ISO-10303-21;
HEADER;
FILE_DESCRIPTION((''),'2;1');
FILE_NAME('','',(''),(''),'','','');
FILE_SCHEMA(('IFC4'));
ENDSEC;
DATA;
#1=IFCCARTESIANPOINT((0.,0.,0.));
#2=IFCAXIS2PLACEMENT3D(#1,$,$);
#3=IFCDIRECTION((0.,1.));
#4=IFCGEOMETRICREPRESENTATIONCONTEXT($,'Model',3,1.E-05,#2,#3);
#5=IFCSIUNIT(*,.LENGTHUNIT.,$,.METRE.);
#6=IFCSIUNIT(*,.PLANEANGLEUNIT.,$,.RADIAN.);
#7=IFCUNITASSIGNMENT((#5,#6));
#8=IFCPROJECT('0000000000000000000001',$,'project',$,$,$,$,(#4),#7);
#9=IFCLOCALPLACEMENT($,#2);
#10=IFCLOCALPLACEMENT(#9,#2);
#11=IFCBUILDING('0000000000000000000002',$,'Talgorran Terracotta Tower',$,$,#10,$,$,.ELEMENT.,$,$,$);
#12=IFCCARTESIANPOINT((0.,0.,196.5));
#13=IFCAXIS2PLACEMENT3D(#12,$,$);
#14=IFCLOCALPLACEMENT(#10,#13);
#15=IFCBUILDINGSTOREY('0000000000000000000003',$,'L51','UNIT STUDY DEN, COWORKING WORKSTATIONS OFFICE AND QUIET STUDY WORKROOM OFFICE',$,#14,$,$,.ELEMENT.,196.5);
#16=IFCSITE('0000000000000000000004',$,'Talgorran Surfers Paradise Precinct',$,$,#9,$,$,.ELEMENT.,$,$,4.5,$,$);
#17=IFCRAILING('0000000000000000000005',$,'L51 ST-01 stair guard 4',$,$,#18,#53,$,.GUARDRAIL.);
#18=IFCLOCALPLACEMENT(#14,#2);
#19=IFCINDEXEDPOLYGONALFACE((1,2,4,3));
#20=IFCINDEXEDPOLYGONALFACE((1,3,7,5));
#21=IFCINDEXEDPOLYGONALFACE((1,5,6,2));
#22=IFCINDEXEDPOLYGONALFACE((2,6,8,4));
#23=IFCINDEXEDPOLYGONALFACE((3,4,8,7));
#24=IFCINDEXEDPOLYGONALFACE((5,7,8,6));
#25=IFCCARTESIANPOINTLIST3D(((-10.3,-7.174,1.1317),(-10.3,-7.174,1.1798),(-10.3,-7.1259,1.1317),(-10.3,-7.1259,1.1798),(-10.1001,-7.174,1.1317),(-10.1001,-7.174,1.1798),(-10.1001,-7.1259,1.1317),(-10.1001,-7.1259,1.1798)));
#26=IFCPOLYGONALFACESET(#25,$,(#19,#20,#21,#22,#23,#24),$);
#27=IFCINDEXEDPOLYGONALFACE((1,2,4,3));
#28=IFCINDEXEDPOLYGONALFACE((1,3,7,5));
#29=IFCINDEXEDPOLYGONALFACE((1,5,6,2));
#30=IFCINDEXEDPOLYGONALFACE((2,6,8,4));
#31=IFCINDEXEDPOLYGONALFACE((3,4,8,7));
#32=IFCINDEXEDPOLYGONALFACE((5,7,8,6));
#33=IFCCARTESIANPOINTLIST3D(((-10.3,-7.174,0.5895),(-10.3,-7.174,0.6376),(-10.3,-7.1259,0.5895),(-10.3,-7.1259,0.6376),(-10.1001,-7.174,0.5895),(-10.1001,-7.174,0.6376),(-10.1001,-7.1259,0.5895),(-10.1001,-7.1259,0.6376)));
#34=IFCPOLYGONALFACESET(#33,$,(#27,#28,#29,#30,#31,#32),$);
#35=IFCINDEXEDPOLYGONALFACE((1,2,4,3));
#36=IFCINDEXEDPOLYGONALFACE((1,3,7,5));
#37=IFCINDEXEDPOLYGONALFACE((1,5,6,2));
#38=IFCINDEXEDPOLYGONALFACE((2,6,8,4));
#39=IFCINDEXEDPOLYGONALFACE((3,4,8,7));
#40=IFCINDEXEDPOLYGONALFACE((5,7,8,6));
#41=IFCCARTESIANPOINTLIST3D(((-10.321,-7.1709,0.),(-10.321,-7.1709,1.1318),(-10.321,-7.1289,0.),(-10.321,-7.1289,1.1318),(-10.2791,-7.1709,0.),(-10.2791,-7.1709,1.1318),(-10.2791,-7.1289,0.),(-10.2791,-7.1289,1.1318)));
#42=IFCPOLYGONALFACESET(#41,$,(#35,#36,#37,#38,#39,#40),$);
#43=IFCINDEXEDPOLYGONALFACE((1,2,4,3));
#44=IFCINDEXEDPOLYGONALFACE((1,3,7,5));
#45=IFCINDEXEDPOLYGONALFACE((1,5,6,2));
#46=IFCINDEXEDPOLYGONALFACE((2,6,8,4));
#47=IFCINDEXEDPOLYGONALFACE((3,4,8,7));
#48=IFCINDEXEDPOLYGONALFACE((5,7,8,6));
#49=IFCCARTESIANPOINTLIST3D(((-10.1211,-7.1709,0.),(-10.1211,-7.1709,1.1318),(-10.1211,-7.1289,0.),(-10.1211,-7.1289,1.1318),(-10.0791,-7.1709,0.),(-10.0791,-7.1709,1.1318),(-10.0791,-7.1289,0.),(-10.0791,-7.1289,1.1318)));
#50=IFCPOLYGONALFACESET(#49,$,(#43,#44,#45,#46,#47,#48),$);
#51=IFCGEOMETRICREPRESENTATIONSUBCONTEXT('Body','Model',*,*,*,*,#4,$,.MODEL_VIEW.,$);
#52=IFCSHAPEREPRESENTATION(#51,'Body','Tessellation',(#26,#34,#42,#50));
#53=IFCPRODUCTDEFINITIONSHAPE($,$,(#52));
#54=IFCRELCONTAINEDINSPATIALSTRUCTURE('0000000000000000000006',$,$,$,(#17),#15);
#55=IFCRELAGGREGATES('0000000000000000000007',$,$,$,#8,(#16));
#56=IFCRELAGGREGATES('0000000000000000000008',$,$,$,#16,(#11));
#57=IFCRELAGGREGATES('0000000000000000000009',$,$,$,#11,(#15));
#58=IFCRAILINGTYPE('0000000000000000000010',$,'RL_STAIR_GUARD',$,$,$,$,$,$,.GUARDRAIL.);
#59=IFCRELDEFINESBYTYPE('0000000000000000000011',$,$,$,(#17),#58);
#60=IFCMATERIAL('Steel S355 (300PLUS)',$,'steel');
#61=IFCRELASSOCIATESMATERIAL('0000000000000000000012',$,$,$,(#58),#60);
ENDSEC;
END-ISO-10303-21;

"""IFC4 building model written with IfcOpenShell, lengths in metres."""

from ifc_helpers import new_model, si_unit, direction, frame, origin, origin_2d, place, context, subcontext, project, spatial, rectangle, extrude, material, type_object, element, save


model = new_model("IFC4")

# Units and contexts
model_context = context("Model", 3, precision=1e-05, world=origin(), true_north=direction((0.0, 1.0)))
body_context = subcontext(model_context, "Body", "Model", "MODEL_VIEW")
ifc_project = project(units=[si_unit("LENGTHUNIT", "METRE"), si_unit("PLANEANGLEUNIT", "RADIAN")], contexts=[model_context])

# Site, building, storey
site_placement = place(None, origin())
site = spatial("IfcSite", under=ifc_project, at=site_placement, Name="Talgorran Surfers Paradise Precinct", CompositionType="ELEMENT", RefElevation=4.5)
building_placement = place(site_placement, origin())
building = spatial("IfcBuilding", under=site, at=building_placement, Name="Talgorran Terracotta Tower", CompositionType="ELEMENT")
storey_placement = place(building_placement, frame((0.0, 0.0, 196.5)))
storey = spatial("IfcBuildingStorey", under=building, at=storey_placement, Name="L51", Description="UNIT STUDY DEN, COWORKING WORKSTATIONS OFFICE AND QUIET STUDY WORKROOM OFFICE", CompositionType="ELEMENT", Elevation=196.5)

# Shared definitions
ifc_material_1 = material(Name="Steel S355 (300PLUS)", Category="steel")

# Railing
railing_type_1 = type_object("IfcRailingType", Name="RL_STAIR_GUARD", PredefinedType="GUARDRAIL", material=ifc_material_1)
railing_1_placement = place(storey_placement, frame((-10.3, -7.1499, 0.0)))
element("IfcRailing", 1, at=railing_1_placement, inside=storey, type_object=railing_type_1, Name="L51 ST-01 stair guard 4", PredefinedType="GUARDRAIL", context=body_context, shape_type="SweptSolid", body=[
    extrude(rectangle(XDim=0.0481, YDim=0.0481, at=origin_2d()), frame((0.0, 0.0, 1.1558), z_axis=(1.0, 0.0, 0.0), x_axis=(0.0, 1.0, 0.0)), (0.0, 0.0, 1.0), 0.2),
    extrude(rectangle(XDim=0.0481, YDim=0.0481, at=origin_2d()), frame((0.0, 0.0, 0.6135), z_axis=(1.0, 0.0, 0.0), x_axis=(0.0, 1.0, 0.0)), (0.0, 0.0, 1.0), 0.2),
    extrude(rectangle(XDim=0.042, YDim=0.042, at=origin_2d()), origin(), (0.0, 0.0, 1.0), 1.1318),
    extrude(rectangle(XDim=0.042, YDim=0.042, at=origin_2d()), frame((0.2, 0.0, 0.0)), (0.0, 0.0, 1.0), 1.1318),
])

save(model, "model.ifc")
